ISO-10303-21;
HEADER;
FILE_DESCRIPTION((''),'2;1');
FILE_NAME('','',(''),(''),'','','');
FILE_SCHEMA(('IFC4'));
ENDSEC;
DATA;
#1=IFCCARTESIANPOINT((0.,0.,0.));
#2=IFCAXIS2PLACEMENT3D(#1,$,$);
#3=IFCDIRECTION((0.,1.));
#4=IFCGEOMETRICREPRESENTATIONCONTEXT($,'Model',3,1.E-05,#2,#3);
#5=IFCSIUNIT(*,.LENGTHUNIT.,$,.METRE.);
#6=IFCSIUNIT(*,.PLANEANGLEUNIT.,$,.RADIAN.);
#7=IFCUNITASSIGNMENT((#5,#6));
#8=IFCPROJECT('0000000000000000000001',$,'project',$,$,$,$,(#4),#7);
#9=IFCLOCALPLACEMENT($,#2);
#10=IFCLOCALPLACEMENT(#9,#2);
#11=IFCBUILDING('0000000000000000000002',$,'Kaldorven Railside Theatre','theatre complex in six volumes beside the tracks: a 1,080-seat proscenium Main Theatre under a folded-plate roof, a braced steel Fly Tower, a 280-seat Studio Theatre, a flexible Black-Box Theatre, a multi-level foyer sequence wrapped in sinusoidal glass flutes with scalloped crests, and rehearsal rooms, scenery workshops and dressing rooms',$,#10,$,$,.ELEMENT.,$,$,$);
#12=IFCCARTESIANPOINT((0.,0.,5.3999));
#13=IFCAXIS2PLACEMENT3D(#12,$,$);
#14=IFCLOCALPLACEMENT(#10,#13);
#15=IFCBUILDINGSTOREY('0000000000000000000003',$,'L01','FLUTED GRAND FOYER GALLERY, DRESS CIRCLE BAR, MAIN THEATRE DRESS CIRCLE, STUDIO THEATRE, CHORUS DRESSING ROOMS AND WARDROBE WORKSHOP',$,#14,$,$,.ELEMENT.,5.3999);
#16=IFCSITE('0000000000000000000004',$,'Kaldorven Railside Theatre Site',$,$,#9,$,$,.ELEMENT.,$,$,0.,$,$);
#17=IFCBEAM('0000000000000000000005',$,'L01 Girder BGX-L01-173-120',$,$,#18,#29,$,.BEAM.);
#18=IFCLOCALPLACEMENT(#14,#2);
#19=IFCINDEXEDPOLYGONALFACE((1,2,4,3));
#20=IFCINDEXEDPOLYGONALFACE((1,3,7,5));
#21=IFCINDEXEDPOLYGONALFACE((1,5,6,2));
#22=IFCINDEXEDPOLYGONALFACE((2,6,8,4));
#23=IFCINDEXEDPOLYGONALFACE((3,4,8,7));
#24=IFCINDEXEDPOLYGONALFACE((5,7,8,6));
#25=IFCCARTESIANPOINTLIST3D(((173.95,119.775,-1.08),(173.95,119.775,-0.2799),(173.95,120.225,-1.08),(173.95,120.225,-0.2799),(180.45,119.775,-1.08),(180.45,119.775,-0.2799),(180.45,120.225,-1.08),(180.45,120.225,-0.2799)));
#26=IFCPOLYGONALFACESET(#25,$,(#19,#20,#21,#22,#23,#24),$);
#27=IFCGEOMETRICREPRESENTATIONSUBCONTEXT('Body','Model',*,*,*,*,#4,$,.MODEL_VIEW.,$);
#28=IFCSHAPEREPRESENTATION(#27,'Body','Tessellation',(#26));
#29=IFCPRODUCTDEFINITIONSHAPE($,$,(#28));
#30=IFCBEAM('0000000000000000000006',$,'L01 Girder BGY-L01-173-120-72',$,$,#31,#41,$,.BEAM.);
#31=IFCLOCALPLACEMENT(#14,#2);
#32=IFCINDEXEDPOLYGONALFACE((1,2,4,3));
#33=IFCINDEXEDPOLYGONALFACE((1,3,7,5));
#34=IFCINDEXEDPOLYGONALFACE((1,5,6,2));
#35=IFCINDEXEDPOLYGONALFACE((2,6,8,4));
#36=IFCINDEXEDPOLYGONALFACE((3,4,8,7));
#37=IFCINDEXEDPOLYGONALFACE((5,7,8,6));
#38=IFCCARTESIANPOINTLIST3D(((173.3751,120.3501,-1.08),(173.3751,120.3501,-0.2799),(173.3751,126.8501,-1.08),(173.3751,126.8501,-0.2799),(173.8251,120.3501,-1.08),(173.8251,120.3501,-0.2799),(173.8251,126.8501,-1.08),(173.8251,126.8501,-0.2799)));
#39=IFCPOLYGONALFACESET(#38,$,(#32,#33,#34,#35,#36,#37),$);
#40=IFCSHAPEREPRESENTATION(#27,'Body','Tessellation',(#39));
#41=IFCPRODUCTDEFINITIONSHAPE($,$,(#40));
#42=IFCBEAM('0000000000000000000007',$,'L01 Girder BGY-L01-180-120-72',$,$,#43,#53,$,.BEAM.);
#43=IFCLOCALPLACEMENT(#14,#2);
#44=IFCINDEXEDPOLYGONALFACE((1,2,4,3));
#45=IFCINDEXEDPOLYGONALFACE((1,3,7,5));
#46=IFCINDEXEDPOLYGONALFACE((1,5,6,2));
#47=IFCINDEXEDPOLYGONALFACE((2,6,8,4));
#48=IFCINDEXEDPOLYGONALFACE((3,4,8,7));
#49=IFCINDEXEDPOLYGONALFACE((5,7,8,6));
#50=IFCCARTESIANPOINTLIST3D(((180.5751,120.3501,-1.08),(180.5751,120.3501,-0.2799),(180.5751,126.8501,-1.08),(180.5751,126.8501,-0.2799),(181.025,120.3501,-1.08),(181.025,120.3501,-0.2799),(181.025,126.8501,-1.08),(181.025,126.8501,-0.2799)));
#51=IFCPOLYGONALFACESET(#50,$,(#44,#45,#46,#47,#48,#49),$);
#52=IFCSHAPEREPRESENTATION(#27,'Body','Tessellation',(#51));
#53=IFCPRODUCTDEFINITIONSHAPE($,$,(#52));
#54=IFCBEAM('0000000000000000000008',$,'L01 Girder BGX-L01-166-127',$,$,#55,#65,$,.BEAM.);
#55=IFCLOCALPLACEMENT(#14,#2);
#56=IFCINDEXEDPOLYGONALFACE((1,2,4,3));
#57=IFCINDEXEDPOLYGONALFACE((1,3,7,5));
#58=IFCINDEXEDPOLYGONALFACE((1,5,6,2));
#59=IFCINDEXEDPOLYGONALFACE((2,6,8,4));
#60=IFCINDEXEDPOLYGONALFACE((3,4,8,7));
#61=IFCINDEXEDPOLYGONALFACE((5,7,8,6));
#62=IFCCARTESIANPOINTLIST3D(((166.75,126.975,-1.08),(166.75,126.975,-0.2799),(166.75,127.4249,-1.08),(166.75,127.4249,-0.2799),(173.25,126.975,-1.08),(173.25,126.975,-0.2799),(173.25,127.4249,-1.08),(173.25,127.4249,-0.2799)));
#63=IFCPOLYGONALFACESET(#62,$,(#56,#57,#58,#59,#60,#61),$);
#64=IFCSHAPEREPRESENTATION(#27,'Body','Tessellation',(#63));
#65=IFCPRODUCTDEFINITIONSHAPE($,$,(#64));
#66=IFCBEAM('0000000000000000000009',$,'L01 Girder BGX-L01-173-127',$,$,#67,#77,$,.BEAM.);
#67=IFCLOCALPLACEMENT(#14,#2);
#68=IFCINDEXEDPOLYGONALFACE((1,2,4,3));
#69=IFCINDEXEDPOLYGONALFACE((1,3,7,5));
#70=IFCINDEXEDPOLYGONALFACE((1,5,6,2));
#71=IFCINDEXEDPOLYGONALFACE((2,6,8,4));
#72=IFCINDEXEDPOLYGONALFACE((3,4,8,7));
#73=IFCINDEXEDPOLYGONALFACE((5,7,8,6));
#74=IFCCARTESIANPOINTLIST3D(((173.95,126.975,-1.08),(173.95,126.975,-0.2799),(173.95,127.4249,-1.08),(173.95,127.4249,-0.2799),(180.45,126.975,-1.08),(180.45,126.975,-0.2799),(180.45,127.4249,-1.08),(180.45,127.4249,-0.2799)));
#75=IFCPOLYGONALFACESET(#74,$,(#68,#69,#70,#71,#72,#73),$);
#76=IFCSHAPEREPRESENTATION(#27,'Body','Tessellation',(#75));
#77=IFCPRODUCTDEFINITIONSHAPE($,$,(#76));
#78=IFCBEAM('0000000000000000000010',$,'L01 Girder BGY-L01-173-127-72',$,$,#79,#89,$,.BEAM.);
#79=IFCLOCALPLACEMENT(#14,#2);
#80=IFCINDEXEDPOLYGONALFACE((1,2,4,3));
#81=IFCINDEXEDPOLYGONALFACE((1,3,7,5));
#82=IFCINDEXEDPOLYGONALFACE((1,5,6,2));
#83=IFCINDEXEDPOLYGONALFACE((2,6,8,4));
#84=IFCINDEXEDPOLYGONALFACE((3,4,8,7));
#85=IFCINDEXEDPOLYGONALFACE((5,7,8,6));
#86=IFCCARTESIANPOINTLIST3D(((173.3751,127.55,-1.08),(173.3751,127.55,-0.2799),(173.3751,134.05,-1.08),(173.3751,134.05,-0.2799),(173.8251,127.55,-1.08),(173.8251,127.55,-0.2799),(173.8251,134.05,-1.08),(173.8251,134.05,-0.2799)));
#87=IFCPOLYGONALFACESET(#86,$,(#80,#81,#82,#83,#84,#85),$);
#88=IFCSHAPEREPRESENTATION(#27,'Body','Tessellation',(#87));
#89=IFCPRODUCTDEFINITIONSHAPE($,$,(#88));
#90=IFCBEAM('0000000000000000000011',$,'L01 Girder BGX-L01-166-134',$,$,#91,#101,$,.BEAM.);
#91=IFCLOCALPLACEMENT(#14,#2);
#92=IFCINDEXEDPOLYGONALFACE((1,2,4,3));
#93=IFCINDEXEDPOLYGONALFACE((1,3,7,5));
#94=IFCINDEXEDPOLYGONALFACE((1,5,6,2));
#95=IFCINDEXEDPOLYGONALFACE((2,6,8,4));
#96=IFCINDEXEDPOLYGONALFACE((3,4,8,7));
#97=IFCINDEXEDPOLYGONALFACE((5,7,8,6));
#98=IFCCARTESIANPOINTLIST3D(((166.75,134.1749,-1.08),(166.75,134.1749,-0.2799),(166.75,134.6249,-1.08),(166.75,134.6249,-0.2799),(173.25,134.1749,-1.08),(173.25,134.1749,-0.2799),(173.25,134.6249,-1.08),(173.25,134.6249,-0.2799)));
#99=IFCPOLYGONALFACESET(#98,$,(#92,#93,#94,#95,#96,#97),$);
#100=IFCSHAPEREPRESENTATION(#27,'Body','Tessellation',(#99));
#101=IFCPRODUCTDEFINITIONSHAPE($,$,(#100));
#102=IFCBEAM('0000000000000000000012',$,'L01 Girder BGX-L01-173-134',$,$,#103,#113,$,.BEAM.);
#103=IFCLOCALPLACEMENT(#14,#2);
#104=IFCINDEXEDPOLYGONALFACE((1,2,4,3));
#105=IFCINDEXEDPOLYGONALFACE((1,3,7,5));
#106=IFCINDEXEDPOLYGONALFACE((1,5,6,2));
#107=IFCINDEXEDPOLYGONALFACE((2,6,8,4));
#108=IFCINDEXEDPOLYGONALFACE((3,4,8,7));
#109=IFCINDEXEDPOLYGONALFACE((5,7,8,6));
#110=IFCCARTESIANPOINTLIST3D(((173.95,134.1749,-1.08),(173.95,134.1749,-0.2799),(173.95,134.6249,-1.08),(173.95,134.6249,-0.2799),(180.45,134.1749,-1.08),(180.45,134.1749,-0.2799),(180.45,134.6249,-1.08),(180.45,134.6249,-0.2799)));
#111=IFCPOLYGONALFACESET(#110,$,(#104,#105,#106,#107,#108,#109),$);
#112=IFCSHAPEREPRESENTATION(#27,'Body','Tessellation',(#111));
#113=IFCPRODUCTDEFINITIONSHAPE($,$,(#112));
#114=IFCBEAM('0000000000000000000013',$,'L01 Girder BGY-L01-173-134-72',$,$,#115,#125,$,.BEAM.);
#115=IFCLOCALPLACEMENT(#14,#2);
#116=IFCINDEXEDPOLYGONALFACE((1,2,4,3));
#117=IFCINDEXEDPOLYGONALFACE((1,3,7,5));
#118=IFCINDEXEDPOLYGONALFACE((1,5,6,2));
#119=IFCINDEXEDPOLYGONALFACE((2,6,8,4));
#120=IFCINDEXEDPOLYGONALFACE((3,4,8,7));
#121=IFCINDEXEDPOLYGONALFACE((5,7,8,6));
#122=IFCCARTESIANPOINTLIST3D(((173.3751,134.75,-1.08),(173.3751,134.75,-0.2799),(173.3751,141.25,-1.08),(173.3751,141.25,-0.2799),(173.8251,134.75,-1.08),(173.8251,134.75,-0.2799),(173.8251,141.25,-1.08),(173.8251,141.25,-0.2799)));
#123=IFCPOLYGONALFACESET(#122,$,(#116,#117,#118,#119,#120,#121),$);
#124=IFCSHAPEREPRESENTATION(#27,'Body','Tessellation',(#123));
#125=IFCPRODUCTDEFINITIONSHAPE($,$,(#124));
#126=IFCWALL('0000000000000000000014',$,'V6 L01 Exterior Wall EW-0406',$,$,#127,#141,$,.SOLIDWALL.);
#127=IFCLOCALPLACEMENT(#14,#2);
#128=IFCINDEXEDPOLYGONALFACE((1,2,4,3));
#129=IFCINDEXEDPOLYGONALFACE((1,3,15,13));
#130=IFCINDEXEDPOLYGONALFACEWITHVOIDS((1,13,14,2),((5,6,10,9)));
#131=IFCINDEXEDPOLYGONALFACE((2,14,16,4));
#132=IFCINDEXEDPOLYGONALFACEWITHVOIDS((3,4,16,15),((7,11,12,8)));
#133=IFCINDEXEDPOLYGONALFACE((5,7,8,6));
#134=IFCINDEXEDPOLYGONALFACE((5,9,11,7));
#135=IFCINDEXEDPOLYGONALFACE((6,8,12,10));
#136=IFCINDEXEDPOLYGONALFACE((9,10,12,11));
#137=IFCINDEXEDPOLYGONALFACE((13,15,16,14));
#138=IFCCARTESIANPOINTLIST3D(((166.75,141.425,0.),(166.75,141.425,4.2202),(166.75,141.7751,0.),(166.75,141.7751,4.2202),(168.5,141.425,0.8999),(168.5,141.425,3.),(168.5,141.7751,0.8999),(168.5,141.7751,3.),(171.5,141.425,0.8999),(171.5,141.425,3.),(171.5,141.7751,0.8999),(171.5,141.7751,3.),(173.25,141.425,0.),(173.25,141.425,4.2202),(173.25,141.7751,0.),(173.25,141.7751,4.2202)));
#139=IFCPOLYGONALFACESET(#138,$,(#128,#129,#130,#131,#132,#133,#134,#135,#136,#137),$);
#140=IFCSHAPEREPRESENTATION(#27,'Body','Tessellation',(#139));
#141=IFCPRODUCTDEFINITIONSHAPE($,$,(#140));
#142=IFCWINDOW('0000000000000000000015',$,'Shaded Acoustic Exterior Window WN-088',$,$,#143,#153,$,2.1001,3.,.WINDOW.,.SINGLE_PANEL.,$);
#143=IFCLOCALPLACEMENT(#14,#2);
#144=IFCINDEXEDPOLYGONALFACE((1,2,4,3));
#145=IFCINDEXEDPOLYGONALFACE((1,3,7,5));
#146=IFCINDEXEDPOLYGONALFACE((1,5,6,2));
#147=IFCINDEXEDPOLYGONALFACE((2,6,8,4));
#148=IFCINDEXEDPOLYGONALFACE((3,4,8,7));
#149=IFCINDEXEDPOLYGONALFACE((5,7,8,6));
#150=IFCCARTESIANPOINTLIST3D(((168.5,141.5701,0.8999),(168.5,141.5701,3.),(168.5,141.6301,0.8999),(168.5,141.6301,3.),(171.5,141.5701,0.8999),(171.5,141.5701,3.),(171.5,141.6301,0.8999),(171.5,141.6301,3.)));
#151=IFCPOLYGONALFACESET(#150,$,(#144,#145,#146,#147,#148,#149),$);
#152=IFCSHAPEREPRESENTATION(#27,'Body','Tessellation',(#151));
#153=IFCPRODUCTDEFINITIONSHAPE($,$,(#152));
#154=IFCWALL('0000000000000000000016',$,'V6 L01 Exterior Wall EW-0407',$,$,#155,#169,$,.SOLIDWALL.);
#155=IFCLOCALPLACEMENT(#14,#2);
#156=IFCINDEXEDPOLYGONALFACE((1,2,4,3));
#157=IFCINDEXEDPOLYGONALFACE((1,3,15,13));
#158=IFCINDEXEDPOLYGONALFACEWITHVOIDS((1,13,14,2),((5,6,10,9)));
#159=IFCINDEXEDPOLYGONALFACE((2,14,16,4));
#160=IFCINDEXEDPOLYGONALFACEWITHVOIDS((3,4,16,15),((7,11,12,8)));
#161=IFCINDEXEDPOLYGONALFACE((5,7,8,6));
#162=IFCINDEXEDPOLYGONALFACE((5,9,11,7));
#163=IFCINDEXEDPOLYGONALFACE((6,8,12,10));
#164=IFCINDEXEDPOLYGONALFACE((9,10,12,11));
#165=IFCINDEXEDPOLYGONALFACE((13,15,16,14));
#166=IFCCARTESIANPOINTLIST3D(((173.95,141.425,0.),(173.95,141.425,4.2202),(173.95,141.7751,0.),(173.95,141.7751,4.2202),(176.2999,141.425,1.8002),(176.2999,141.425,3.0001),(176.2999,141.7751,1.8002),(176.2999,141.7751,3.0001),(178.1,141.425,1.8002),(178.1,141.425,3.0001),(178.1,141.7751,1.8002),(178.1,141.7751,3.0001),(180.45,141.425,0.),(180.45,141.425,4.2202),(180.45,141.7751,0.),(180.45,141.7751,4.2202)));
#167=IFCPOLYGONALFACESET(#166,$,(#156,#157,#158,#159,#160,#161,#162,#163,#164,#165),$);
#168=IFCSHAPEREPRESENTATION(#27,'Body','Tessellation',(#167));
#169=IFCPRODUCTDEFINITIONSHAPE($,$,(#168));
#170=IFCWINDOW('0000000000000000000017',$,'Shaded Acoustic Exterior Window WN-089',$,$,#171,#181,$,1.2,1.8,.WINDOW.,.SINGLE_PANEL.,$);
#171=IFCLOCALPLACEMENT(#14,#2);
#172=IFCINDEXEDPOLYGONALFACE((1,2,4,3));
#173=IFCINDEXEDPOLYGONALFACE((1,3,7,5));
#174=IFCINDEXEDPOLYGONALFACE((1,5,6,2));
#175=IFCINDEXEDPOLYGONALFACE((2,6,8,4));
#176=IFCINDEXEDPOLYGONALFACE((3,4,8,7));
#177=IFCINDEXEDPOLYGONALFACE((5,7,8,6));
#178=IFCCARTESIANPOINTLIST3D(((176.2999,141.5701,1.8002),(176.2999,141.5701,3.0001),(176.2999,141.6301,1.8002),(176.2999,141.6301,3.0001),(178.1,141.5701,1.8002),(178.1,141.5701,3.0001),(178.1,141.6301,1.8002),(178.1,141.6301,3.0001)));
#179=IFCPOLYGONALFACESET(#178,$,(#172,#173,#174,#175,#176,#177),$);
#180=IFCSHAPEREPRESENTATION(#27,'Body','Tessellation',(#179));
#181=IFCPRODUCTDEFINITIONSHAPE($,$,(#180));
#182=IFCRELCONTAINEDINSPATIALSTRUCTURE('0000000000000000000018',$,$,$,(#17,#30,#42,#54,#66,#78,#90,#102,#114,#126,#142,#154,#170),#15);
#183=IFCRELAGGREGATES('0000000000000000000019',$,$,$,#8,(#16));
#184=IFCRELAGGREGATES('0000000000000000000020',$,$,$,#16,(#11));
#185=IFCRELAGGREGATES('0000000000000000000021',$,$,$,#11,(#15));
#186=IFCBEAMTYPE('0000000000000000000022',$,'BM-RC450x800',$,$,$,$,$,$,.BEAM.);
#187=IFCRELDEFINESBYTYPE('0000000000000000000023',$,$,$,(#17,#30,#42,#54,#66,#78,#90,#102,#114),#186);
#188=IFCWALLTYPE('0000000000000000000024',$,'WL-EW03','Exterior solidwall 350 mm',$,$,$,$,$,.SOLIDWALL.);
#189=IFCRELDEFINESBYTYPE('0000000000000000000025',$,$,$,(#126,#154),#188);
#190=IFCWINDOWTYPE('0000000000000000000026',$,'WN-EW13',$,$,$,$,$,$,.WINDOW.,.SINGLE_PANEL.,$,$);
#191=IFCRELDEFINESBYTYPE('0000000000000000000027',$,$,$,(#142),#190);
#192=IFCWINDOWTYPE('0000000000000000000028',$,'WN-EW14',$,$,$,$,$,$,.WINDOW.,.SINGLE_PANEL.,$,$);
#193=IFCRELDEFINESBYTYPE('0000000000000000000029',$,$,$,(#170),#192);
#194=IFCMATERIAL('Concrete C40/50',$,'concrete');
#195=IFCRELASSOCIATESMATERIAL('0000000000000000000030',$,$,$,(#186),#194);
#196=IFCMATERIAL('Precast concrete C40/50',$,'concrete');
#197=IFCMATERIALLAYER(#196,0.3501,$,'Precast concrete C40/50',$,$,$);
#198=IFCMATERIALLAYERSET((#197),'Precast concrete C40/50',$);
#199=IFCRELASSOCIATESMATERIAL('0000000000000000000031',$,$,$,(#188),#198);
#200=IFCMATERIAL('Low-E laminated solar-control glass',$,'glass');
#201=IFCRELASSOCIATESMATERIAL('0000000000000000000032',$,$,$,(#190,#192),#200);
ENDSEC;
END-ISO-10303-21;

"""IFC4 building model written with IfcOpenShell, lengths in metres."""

from ifc_helpers import new_model, si_unit, direction, frame, frame_2d, origin, origin_2d, place, context, subcontext, project, spatial, rectangle, extrude, material, layer, layer_set, material_profile, profile_set, type_object, element, fill, save


model = new_model("IFC4")

# Units and contexts
model_context = context("Model", 3, precision=1e-05, world=origin(), true_north=direction((0.0, 1.0)))
body_context = subcontext(model_context, "Body", "Model", "MODEL_VIEW")
ifc_project = project(units=[si_unit("LENGTHUNIT", "METRE"), si_unit("PLANEANGLEUNIT", "RADIAN")], contexts=[model_context])

# Site, building, storey
site_placement = place(None, origin())
site = spatial("IfcSite", under=ifc_project, at=site_placement, Name="Kaldorven Railside Theatre Site", CompositionType="ELEMENT", RefElevation=0.0)
building_placement = place(site_placement, origin())
building = spatial("IfcBuilding", under=site, at=building_placement, Name="Kaldorven Railside Theatre", Description="theatre complex in six volumes beside the tracks: a 1,080-seat proscenium Main Theatre under a folded-plate roof, a braced steel Fly Tower, a 280-seat Studio Theatre, a flexible Black-Box Theatre, a multi-level foyer sequence wrapped in sinusoidal glass flutes with scalloped crests, and rehearsal rooms, scenery workshops and dressing rooms", CompositionType="ELEMENT")
storey_placement = place(building_placement, frame((0.0, 0.0, 5.3999)))
storey = spatial("IfcBuildingStorey", under=building, at=storey_placement, Name="L01", Description="FLUTED GRAND FOYER GALLERY, DRESS CIRCLE BAR, MAIN THEATRE DRESS CIRCLE, STUDIO THEATRE, CHORUS DRESSING ROOMS AND WARDROBE WORKSHOP", CompositionType="ELEMENT", Elevation=5.3999)

# Shared definitions
ifc_material_1 = material(Name="Concrete C40/50", Category="concrete")

# Beams
ifc_material_profile_1 = material_profile(ifc_material_1, rectangle(XDim=0.45, YDim=0.8, at=origin_2d()), Name="RC 450x800")
ifc_profile_set_1 = profile_set([ifc_material_profile_1], Name="Concrete C40/50")
beam_type_1 = type_object("IfcBeamType", Name="BM-RC450x800", PredefinedType="BEAM", material=ifc_profile_set_1)
for number, where, z_axis, x_axis, name in (
    (1, (173.95, 120.0, -0.6799), (1.0, 0.0, 0.0), (0.0, 1.0, 0.0), "L01 Girder BGX-L01-173-120"),
    (2, (173.6001, 120.3501, -0.6799), (0.0, 1.0, 0.0), (-1.0, 0.0, 0.0), "L01 Girder BGY-L01-173-120-72"),
    (3, (180.8, 120.3501, -0.6799), (0.0, 1.0, 0.0), (-1.0, 0.0, 0.0), "L01 Girder BGY-L01-180-120-72"),
    (4, (166.75, 127.2, -0.6799), (1.0, 0.0, 0.0), (0.0, 1.0, 0.0), "L01 Girder BGX-L01-166-127"),
    (5, (173.95, 127.2, -0.6799), (1.0, 0.0, 0.0), (0.0, 1.0, 0.0), "L01 Girder BGX-L01-173-127"),
    (6, (173.6001, 127.55, -0.6799), (0.0, 1.0, 0.0), (-1.0, 0.0, 0.0), "L01 Girder BGY-L01-173-127-72"),
    (7, (166.75, 134.3999, -0.6799), (1.0, 0.0, 0.0), (0.0, 1.0, 0.0), "L01 Girder BGX-L01-166-134"),
    (8, (173.95, 134.3999, -0.6799), (1.0, 0.0, 0.0), (0.0, 1.0, 0.0), "L01 Girder BGX-L01-173-134"),
    (9, (173.6001, 134.75, -0.6799), (0.0, 1.0, 0.0), (-1.0, 0.0, 0.0), "L01 Girder BGY-L01-173-134-72"),
):
    element("IfcBeam", number, at=place(storey_placement, frame(where, z_axis=z_axis, x_axis=x_axis)), inside=storey, type_object=beam_type_1, Name=name, PredefinedType="BEAM", context=body_context, shape_type="SweptSolid", body=[
        extrude(rectangle(XDim=0.45, YDim=0.8, at=origin_2d()), origin(), (0.0, 0.0, 1.0), 6.5),
    ])

# Walls, openings, windows
ifc_material_2 = material(Name="Precast concrete C40/50", Category="concrete")
ifc_layer_1 = layer(ifc_material_2, 0.3501, Name="Precast concrete C40/50")
ifc_layer_set_1 = layer_set([ifc_layer_1], Name="Precast concrete C40/50")
wall_type_1 = type_object("IfcWallType", Name="WL-EW03", Description="Exterior solidwall 350 mm", PredefinedType="SOLIDWALL", material=ifc_layer_set_1)
wall_1_placement = place(storey_placement, frame((166.75, 141.6001, 0.0), z_axis=(0.0, 0.0, 1.0), x_axis=(1.0, 0.0, 0.0)))
wall_1 = element("IfcWall", 10, at=wall_1_placement, inside=storey, type_object=wall_type_1, Name="V6 L01 Exterior Wall EW-0406", PredefinedType="SOLIDWALL", context=body_context, shape_type="SweptSolid", body=[
    extrude(rectangle(XDim=6.5, YDim=0.3501, at=frame_2d((3.25, 0.0))), origin(), (0.0, 0.0, 1.0), 4.2202),
])
opening_1_placement = place(wall_1_placement, frame((1.75, 0.0, 0.8999)))
opening_1 = element("IfcOpeningElement", 11, at=opening_1_placement, cuts=wall_1, PredefinedType="OPENING", context=body_context, shape_type="SweptSolid", body=[
    extrude(rectangle(XDim=3.0, YDim=2.1001, at=frame_2d((1.5, 1.05))), frame((0.0, 0.1851, 0.0), z_axis=(0.0, -1.0, 0.0), x_axis=(1.0, 0.0, 0.0)), (0.0, 0.0, 1.0), 0.3701),
])
ifc_material_3 = material(Name="Low-E laminated solar-control glass", Category="glass")
window_type_1 = type_object("IfcWindowType", Name="WN-EW13", PartitioningType="SINGLE_PANEL", PredefinedType="WINDOW", material=ifc_material_3)
window_1_placement = place(opening_1_placement, origin())
window_1 = element("IfcWindow", 12, at=window_1_placement, inside=storey, type_object=window_type_1, Name="Shaded Acoustic Exterior Window WN-088", OverallHeight=2.1001, OverallWidth=3.0, PartitioningType="SINGLE_PANEL", PredefinedType="WINDOW", context=body_context, shape_type="SweptSolid", body=[
    extrude(rectangle(XDim=3.0, YDim=2.1001, at=frame_2d((1.5, 1.05))), frame((0.0, 0.03, 0.0), z_axis=(0.0, -1.0, 0.0), x_axis=(1.0, 0.0, 0.0)), (0.0, 0.0, 1.0), 0.0601),
])
fill(opening_1, window_1)
wall_2_placement = place(storey_placement, frame((173.95, 141.6001, 0.0), z_axis=(0.0, 0.0, 1.0), x_axis=(1.0, 0.0, 0.0)))
wall_2 = element("IfcWall", 13, at=wall_2_placement, inside=storey, type_object=wall_type_1, Name="V6 L01 Exterior Wall EW-0407", PredefinedType="SOLIDWALL", context=body_context, shape_type="SweptSolid", body=[
    extrude(rectangle(XDim=6.5, YDim=0.3501, at=frame_2d((3.25, 0.0))), origin(), (0.0, 0.0, 1.0), 4.2202),
])
opening_2_placement = place(wall_2_placement, frame((2.3501, 0.0, 1.8)))
opening_2 = element("IfcOpeningElement", 14, at=opening_2_placement, cuts=wall_2, PredefinedType="OPENING", context=body_context, shape_type="SweptSolid", body=[
    extrude(rectangle(XDim=1.8, YDim=1.2, at=frame_2d((0.8999, 0.6001))), frame((0.0, 0.1851, 0.0), z_axis=(0.0, -1.0, 0.0), x_axis=(1.0, 0.0, 0.0)), (0.0, 0.0, 1.0), 0.3701),
])
window_type_2 = type_object("IfcWindowType", Name="WN-EW14", PartitioningType="SINGLE_PANEL", PredefinedType="WINDOW", material=ifc_material_3)
window_2_placement = place(opening_2_placement, origin())
window_2 = element("IfcWindow", 15, at=window_2_placement, inside=storey, type_object=window_type_2, Name="Shaded Acoustic Exterior Window WN-089", OverallHeight=1.2, OverallWidth=1.8, PartitioningType="SINGLE_PANEL", PredefinedType="WINDOW", context=body_context, shape_type="SweptSolid", body=[
    extrude(rectangle(XDim=1.8, YDim=1.2, at=frame_2d((0.8999, 0.6001))), frame((0.0, 0.03, 0.0), z_axis=(0.0, -1.0, 0.0), x_axis=(1.0, 0.0, 0.0)), (0.0, 0.0, 1.0), 0.0601),
])
fill(opening_2, window_2)

save(model, "model.ifc")
